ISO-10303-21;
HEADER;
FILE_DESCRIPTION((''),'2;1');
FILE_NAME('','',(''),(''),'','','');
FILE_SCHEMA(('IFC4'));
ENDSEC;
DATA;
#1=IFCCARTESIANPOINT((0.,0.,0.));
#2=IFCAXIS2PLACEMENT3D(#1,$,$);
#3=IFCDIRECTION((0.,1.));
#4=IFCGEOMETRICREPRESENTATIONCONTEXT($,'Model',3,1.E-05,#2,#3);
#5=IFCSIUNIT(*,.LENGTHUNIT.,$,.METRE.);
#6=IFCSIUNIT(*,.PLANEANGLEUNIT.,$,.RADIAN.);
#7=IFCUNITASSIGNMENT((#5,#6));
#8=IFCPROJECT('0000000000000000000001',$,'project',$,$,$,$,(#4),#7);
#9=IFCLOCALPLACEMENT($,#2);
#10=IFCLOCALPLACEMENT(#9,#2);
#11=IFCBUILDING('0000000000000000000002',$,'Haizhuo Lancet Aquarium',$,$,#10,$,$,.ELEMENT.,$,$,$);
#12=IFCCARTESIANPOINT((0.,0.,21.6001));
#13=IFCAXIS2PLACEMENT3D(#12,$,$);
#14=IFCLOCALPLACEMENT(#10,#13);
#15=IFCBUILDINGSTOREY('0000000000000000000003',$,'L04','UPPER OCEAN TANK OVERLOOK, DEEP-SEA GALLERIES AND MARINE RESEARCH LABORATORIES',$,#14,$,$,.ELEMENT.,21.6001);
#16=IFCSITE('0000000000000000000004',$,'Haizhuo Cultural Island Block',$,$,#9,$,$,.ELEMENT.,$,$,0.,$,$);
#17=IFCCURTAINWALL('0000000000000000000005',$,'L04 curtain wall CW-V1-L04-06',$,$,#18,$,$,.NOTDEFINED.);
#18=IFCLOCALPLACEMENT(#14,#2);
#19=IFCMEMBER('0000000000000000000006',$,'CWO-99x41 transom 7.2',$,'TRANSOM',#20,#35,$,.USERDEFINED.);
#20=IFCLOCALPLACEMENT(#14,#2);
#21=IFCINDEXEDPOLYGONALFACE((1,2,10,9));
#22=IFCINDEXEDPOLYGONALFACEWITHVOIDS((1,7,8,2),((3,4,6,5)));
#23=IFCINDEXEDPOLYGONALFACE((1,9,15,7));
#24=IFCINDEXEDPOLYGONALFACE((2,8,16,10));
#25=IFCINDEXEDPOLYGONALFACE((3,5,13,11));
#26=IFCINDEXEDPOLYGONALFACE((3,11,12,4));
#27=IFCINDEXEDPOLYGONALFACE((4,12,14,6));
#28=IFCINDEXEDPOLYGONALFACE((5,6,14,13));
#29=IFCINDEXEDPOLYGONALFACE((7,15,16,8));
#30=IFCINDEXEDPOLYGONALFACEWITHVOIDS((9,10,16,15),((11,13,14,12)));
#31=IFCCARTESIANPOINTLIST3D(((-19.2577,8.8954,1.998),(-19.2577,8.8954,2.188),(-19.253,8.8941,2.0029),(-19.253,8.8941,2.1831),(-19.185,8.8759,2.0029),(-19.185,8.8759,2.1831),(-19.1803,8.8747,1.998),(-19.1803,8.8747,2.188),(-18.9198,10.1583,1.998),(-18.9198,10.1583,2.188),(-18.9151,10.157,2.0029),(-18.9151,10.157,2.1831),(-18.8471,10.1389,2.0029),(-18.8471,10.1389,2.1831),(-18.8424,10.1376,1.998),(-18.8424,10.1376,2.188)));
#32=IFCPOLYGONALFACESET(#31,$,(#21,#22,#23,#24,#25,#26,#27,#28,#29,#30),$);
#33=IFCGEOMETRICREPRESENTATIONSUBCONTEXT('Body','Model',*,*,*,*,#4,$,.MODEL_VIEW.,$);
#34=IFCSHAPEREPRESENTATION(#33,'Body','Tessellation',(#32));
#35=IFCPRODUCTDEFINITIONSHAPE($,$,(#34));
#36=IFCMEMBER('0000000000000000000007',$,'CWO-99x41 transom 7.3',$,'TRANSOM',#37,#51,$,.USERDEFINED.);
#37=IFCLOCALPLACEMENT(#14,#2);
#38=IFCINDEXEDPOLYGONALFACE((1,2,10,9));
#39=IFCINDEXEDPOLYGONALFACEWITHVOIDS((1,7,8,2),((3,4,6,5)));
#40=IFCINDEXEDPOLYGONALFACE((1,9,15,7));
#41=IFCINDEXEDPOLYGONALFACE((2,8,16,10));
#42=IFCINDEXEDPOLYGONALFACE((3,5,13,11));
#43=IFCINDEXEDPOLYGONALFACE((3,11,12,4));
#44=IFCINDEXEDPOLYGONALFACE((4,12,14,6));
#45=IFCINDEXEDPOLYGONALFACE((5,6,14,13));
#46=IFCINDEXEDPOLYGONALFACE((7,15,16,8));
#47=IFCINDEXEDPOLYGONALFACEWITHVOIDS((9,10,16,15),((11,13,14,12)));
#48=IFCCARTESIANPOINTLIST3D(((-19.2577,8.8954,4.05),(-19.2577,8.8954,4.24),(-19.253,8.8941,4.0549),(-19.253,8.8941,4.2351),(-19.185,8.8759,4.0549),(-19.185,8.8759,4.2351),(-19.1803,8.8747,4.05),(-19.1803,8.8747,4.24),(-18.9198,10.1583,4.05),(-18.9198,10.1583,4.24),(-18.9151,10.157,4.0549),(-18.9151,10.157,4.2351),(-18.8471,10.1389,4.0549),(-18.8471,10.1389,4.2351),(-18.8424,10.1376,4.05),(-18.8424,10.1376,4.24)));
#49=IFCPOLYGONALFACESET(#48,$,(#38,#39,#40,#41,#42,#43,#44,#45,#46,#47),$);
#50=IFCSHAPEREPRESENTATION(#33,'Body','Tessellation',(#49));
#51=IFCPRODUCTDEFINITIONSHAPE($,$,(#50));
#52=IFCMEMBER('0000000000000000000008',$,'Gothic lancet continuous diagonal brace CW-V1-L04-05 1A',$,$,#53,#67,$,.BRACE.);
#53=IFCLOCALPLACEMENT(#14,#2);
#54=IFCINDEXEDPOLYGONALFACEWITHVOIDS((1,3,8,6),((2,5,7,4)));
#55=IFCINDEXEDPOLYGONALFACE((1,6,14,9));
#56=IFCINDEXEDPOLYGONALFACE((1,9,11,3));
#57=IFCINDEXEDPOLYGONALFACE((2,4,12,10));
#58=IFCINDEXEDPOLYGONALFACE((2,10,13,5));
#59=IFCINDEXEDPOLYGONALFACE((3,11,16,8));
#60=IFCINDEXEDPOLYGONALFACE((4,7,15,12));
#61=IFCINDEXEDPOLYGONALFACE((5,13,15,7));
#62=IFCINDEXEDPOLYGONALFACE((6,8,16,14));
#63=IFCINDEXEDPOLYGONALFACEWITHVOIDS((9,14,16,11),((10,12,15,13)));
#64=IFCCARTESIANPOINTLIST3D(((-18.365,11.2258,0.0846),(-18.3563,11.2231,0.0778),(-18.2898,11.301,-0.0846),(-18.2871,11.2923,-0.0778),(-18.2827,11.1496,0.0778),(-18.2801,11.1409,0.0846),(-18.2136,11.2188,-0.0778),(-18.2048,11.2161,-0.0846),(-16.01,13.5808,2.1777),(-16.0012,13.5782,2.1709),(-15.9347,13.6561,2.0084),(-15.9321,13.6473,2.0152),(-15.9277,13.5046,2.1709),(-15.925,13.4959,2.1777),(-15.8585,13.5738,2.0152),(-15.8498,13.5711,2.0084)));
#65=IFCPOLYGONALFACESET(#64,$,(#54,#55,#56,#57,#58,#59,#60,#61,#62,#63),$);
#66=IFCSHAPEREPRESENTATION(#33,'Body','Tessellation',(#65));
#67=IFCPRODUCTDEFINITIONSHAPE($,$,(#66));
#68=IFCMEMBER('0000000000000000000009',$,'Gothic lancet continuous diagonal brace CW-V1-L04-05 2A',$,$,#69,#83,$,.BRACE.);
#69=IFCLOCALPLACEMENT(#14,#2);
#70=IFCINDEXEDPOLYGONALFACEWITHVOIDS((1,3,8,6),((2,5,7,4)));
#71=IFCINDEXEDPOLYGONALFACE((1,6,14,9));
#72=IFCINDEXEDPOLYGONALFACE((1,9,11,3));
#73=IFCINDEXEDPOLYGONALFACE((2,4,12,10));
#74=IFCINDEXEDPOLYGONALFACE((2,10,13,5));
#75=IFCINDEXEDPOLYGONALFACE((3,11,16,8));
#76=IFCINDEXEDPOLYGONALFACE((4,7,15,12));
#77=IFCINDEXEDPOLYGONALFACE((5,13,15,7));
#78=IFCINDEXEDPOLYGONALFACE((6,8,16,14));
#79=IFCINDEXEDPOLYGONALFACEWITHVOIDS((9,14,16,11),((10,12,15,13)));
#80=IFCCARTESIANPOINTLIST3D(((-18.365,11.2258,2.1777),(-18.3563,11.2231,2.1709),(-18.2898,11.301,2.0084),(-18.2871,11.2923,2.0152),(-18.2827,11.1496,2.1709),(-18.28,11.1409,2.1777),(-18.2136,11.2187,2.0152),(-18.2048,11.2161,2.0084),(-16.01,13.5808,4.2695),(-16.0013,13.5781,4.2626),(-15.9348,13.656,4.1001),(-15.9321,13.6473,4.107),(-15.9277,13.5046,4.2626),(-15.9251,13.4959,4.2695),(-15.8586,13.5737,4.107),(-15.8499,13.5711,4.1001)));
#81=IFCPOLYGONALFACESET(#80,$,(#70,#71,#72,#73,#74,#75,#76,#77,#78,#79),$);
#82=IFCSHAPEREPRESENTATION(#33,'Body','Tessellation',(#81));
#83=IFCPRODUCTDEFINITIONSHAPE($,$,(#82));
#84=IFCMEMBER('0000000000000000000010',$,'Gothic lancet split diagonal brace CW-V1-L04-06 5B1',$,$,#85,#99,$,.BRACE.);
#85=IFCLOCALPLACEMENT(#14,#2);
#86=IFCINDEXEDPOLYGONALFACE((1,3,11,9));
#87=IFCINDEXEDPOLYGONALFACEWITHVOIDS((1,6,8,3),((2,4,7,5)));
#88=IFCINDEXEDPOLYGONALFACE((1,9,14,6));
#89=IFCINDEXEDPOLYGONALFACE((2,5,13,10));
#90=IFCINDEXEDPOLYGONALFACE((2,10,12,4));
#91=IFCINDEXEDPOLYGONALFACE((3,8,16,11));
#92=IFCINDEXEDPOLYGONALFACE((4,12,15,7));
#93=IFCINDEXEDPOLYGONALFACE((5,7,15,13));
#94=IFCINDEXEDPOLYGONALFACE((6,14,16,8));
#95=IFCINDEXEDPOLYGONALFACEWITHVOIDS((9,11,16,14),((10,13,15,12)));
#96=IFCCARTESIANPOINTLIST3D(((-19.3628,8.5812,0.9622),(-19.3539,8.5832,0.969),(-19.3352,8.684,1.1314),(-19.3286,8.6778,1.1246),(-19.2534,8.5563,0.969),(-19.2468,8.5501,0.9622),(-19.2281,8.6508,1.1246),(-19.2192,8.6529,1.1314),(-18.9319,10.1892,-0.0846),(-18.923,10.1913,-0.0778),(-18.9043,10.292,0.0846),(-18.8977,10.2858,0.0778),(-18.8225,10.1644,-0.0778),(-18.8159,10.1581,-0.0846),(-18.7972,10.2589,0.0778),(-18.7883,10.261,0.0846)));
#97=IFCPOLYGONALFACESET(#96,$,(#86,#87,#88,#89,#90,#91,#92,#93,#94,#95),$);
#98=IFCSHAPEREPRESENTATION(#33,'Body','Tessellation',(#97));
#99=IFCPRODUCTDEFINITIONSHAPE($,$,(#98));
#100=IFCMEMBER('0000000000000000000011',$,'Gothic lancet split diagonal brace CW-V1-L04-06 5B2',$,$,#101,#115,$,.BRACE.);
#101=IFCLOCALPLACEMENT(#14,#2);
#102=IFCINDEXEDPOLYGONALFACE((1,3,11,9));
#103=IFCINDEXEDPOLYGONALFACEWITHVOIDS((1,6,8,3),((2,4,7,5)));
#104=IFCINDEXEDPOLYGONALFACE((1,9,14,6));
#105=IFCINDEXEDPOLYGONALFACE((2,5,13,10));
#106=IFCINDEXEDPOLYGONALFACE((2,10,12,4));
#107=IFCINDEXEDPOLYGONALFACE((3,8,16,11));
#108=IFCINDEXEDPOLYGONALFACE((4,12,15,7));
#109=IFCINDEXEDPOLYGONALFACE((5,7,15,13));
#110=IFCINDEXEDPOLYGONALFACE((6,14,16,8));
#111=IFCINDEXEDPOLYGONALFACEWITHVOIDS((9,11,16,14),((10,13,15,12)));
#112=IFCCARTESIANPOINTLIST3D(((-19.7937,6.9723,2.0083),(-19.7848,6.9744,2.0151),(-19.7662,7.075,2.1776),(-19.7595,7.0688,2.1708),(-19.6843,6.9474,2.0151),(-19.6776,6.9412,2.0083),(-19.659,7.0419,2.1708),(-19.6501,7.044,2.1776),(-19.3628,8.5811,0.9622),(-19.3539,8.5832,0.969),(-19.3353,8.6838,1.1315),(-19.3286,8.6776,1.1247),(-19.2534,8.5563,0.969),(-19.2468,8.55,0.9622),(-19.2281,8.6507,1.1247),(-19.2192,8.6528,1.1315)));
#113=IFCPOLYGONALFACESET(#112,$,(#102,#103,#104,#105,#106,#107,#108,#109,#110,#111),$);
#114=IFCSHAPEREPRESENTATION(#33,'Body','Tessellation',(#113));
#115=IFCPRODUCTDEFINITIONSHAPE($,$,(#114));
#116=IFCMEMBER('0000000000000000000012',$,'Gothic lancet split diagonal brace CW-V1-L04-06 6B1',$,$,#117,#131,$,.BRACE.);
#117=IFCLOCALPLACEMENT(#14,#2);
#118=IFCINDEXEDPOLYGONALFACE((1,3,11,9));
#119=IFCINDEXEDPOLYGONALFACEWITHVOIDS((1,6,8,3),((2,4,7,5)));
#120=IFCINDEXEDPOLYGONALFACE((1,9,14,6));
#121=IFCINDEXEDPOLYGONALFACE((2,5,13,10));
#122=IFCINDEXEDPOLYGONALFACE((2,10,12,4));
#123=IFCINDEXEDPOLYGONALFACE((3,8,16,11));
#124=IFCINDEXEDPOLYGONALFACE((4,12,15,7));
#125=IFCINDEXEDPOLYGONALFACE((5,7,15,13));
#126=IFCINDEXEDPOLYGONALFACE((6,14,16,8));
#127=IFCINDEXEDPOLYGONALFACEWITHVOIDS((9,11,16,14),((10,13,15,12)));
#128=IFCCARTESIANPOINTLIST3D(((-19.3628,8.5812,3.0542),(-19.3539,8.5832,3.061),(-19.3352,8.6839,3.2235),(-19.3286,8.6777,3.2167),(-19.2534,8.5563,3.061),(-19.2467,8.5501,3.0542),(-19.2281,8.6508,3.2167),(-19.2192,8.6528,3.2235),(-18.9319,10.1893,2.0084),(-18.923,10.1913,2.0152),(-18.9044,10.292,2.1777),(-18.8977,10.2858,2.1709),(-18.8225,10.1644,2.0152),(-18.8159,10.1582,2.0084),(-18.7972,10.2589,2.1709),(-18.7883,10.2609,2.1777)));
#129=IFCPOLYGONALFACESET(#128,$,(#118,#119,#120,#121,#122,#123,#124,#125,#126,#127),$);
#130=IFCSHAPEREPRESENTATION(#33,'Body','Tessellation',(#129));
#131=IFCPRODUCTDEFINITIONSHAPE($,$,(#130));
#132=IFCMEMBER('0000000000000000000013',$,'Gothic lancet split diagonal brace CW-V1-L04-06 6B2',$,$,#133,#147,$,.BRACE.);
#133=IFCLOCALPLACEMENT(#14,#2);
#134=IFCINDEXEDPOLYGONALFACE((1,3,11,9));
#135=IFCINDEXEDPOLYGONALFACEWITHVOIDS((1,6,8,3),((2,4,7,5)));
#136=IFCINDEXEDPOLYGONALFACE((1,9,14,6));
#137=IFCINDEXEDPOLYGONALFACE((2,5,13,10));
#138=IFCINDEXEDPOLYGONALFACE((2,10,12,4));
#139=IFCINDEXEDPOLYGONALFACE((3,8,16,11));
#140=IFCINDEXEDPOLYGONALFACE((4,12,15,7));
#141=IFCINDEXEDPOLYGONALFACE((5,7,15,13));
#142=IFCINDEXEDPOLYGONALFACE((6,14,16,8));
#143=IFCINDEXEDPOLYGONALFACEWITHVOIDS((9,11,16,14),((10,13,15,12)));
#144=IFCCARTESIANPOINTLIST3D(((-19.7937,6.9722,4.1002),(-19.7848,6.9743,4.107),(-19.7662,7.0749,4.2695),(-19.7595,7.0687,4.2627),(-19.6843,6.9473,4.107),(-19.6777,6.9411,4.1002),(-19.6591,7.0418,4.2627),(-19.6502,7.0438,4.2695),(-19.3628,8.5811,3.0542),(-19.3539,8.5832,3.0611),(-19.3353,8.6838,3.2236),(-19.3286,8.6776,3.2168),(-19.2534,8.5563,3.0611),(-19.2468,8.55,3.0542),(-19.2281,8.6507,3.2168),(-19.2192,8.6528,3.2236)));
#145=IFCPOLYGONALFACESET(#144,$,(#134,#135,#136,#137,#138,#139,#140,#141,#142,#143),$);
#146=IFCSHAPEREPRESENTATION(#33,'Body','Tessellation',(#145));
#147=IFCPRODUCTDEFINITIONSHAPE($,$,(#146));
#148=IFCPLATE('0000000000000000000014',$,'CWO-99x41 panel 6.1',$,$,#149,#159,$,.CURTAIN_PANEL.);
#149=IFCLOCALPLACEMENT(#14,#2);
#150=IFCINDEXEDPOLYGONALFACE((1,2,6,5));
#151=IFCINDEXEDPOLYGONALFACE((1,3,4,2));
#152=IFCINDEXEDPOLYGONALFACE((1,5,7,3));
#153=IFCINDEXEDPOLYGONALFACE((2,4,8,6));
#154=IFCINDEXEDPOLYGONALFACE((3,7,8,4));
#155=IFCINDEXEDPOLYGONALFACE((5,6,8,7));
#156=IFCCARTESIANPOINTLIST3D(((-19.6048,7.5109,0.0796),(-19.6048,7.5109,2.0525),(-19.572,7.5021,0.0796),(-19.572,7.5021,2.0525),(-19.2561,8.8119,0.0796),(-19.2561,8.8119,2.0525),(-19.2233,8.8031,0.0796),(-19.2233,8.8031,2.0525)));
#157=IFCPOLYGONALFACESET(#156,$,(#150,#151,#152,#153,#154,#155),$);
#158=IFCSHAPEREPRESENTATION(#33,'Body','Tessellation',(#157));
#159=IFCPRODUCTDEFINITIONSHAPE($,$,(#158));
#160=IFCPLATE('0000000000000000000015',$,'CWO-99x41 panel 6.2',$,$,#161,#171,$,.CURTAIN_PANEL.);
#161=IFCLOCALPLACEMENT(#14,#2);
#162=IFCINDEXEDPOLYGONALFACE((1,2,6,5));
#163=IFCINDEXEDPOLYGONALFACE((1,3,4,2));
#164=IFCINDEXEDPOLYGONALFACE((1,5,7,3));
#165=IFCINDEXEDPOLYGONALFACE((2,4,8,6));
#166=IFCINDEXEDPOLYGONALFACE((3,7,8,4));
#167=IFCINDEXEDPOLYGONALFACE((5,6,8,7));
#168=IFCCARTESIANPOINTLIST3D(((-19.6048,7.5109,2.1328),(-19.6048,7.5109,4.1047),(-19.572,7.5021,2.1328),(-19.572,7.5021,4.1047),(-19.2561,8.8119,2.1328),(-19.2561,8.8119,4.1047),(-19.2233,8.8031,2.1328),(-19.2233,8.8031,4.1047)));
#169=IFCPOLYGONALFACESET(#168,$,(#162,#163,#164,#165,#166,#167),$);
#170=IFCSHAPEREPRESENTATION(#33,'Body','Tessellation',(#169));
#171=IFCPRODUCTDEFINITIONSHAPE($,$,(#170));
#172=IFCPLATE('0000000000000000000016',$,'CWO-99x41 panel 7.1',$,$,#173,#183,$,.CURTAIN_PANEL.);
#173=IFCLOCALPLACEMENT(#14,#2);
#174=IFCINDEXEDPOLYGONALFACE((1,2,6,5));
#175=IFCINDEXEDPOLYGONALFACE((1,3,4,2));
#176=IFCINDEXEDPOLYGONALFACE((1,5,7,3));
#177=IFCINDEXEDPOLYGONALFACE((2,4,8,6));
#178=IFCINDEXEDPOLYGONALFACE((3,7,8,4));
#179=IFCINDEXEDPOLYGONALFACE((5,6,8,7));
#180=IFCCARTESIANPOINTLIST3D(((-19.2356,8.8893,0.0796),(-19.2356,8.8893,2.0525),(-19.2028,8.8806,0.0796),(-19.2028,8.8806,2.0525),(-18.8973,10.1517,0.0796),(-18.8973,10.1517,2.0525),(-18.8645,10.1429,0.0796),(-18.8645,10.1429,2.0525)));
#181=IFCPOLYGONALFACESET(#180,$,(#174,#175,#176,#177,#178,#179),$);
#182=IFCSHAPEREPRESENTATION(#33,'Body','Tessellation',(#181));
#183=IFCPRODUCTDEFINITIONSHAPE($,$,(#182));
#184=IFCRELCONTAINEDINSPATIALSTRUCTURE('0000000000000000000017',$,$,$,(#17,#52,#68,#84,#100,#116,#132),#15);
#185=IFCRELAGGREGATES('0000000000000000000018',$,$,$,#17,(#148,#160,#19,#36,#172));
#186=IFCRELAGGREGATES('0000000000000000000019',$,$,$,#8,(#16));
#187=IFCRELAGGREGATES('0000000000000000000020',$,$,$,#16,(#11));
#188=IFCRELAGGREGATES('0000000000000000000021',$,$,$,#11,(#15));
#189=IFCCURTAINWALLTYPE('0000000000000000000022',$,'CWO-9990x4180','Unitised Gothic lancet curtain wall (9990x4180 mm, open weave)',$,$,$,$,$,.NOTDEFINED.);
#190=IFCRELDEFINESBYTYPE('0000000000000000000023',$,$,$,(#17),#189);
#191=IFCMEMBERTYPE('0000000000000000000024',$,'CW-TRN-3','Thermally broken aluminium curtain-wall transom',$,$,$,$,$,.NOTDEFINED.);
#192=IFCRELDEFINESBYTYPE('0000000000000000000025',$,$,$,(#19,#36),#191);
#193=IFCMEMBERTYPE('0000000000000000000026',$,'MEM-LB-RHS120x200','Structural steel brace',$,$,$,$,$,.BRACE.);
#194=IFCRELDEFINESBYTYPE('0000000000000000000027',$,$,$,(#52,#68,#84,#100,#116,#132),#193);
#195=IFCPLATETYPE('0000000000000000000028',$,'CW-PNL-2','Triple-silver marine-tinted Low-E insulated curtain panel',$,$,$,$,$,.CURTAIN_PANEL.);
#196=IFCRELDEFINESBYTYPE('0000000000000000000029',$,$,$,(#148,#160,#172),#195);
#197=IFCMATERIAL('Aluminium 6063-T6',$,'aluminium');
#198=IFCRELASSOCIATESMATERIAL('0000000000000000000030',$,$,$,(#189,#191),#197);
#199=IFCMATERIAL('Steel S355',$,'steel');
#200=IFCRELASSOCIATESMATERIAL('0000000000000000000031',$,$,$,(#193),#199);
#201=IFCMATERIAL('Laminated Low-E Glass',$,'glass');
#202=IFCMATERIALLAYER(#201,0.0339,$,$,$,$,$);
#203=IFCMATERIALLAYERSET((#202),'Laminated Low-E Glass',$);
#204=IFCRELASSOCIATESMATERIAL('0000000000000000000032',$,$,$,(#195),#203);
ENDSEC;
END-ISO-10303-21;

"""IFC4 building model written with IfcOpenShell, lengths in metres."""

from ifc_helpers import new_model, si_unit, direction, frame, origin, origin_2d, place, context, subcontext, project, spatial, rectangle, hollow_rectangle, extrude, material, layer, layer_set, material_profile, profile_set, type_object, element, aggregate, save


model = new_model("IFC4")

# Units and contexts
model_context = context("Model", 3, precision=1e-05, world=origin(), true_north=direction((0.0, 1.0)))
body_context = subcontext(model_context, "Body", "Model", "MODEL_VIEW")
ifc_project = project(units=[si_unit("LENGTHUNIT", "METRE"), si_unit("PLANEANGLEUNIT", "RADIAN")], contexts=[model_context])

# Site, building, storey
site_placement = place(None, origin())
site = spatial("IfcSite", under=ifc_project, at=site_placement, Name="Haizhuo Cultural Island Block", CompositionType="ELEMENT", RefElevation=0.0)
building_placement = place(site_placement, origin())
building = spatial("IfcBuilding", under=site, at=building_placement, Name="Haizhuo Lancet Aquarium", CompositionType="ELEMENT")
storey_placement = place(building_placement, frame((0.0, 0.0, 21.6001)))
storey = spatial("IfcBuildingStorey", under=building, at=storey_placement, Name="L04", Description="UPPER OCEAN TANK OVERLOOK, DEEP-SEA GALLERIES AND MARINE RESEARCH LABORATORIES", CompositionType="ELEMENT", Elevation=21.6001)

# Shared definitions
ifc_material_1 = material(Name="Aluminium 6063-T6", Category="aluminium")
curtain_wall_type = type_object("IfcCurtainWallType", Name="CWO-9990x4180", Description="Unitised Gothic lancet curtain wall (9990x4180 mm, open weave)", PredefinedType="NOTDEFINED", material=ifc_material_1)

# Curtain wall
curtain_wall_1_placement = place(storey_placement, origin())
curtain_wall_1 = element("IfcCurtainWall", 1, at=curtain_wall_1_placement, inside=storey, type_object=curtain_wall_type, Name="L04 curtain wall CW-V1-L04-06", PredefinedType="NOTDEFINED")

# Members
ifc_material_profile_1 = material_profile(ifc_material_1, hollow_rectangle(XDim=0.0801, YDim=0.1899, WallThickness=0.0049, at=origin_2d()), Name="ALU-T 80x190x5")
ifc_profile_set_1 = profile_set([ifc_material_profile_1], Name="Aluminium 6063-T6")
member_type_1 = type_object("IfcMemberType", Name="CW-TRN-3", Description="Thermally broken aluminium curtain-wall transom", PredefinedType="NOTDEFINED", material=ifc_profile_set_1)
member_1_placement = place(storey_placement, frame((-19.219, 8.885, 2.093), z_axis=(0.258453, 0.966024, 0.0), x_axis=(-0.966024, 0.258453, 0.0)))
member_1 = element("IfcMember", 2, at=member_1_placement, type_object=member_type_1, Name="CWO-99x41 transom 7.2", ObjectType="TRANSOM", PredefinedType="USERDEFINED", context=body_context, shape_type="SweptSolid", body=[
    extrude(hollow_rectangle(XDim=0.0801, YDim=0.1899, WallThickness=0.0049, at=origin_2d()), origin(), (0.0, 0.0, 1.0), 1.3074),
])
member_2_placement = place(storey_placement, frame((-19.219, 8.885, 4.145), z_axis=(0.258453, 0.966024, 0.0), x_axis=(-0.966024, 0.258453, 0.0)))
member_2 = element("IfcMember", 3, at=member_2_placement, type_object=member_type_1, Name="CWO-99x41 transom 7.3", ObjectType="TRANSOM", PredefinedType="USERDEFINED", context=body_context, shape_type="SweptSolid", body=[
    extrude(hollow_rectangle(XDim=0.0801, YDim=0.1899, WallThickness=0.0049, at=origin_2d()), origin(), (0.0, 0.0, 1.0), 1.3074),
])

# Members
ifc_material_2 = material(Name="Steel S355", Category="steel")
ifc_material_profile_2 = material_profile(ifc_material_2, hollow_rectangle(XDim=0.1201, YDim=0.2, WallThickness=0.0081, at=origin_2d()), Name="RHS 120x200x8")
ifc_profile_set_2 = profile_set([ifc_material_profile_2], Name="Steel S355")
member_type_2 = type_object("IfcMemberType", Name="MEM-LB-RHS120x200", Description="Structural steel brace", PredefinedType="BRACE", material=ifc_profile_set_2)
member_3_placement = place(storey_placement, frame((-18.2849, 11.2209, 0.0), z_axis=(0.598695, 0.598695, 0.532098), x_axis=(-0.707107, 0.707107, 0.0)))
element("IfcMember", 4, at=member_3_placement, inside=storey, type_object=member_type_2, Name="Gothic lancet continuous diagonal brace CW-V1-L04-05 1A", PredefinedType="BRACE", context=body_context, shape_type="SweptSolid", body=[
    extrude(hollow_rectangle(XDim=0.1201, YDim=0.2, WallThickness=0.0081, at=origin_2d()), origin(), (0.0, 0.0, 1.0), 3.9336),
])
member_4_placement = place(storey_placement, frame((-18.2849, 11.2209, 2.093), z_axis=(0.598794, 0.598794, 0.531875), x_axis=(-0.707107, 0.707107, 0.0)))
element("IfcMember", 5, at=member_4_placement, inside=storey, type_object=member_type_2, Name="Gothic lancet continuous diagonal brace CW-V1-L04-05 2A", PredefinedType="BRACE", context=body_context, shape_type="SweptSolid", body=[
    extrude(hollow_rectangle(XDim=0.1201, YDim=0.2, WallThickness=0.0081, at=origin_2d()), origin(), (0.0, 0.0, 1.0), 3.9329),
])
member_5_placement = place(storey_placement, frame((-18.8601, 10.2251, 0.0), z_axis=(-0.219106, -0.817704, 0.532309), x_axis=(0.965925, -0.258822, 0.0)))
element("IfcMember", 6, at=member_5_placement, inside=storey, type_object=member_type_2, Name="Gothic lancet split diagonal brace CW-V1-L04-06 5B1", PredefinedType="BRACE", context=body_context, shape_type="SweptSolid", body=[
    extrude(hollow_rectangle(XDim=0.1201, YDim=0.2, WallThickness=0.0081, at=origin_2d()), origin(), (0.0, 0.0, 1.0), 1.9666),
])
member_6_placement = place(storey_placement, frame((-19.291, 8.6169, 1.0469), z_axis=(-0.219082, -0.81799, 0.53188), x_axis=(0.965955, -0.258712, 0.0)))
element("IfcMember", 7, at=member_6_placement, inside=storey, type_object=member_type_2, Name="Gothic lancet split diagonal brace CW-V1-L04-06 5B2", PredefinedType="BRACE", context=body_context, shape_type="SweptSolid", body=[
    extrude(hollow_rectangle(XDim=0.1201, YDim=0.2, WallThickness=0.0081, at=origin_2d()), origin(), (0.0, 0.0, 1.0), 1.9668),
])
member_7_placement = place(storey_placement, frame((-18.8601, 10.2251, 2.093), z_axis=(-0.219163, -0.81792, 0.531953), x_axis=(0.965925, -0.258822, 0.0)))
element("IfcMember", 8, at=member_7_placement, inside=storey, type_object=member_type_2, Name="Gothic lancet split diagonal brace CW-V1-L04-06 6B1", PredefinedType="BRACE", context=body_context, shape_type="SweptSolid", body=[
    extrude(hollow_rectangle(XDim=0.1201, YDim=0.2, WallThickness=0.0081, at=origin_2d()), origin(), (0.0, 0.0, 1.0), 1.9661),
])
member_8_placement = place(storey_placement, frame((-19.291, 8.6169, 3.1389), z_axis=(-0.219097, -0.818044, 0.53179), x_axis=(0.965955, -0.258712, 0.0)))
element("IfcMember", 9, at=member_8_placement, inside=storey, type_object=member_type_2, Name="Gothic lancet split diagonal brace CW-V1-L04-06 6B2", PredefinedType="BRACE", context=body_context, shape_type="SweptSolid", body=[
    extrude(hollow_rectangle(XDim=0.1201, YDim=0.2, WallThickness=0.0081, at=origin_2d()), origin(), (0.0, 0.0, 1.0), 1.9668),
])

# Plates
ifc_material_3 = material(Name="Laminated Low-E Glass", Category="glass")
ifc_layer_1 = layer(ifc_material_3, 0.0339)
ifc_layer_set_1 = layer_set([ifc_layer_1], Name="Laminated Low-E Glass")
plate_type = type_object("IfcPlateType", Name="CW-PNL-2", Description="Triple-silver marine-tinted Low-E insulated curtain panel", PredefinedType="CURTAIN_PANEL", material=ifc_layer_set_1)
plate_1_placement = place(storey_placement, frame((-19.4141, 8.157, 0.0796), z_axis=(0.0, 0.0, 1.0), x_axis=(0.258853, 0.965917, 0.0)))
plate_1 = element("IfcPlate", 10, at=plate_1_placement, type_object=plate_type, Name="CWO-99x41 panel 6.1", PredefinedType="CURTAIN_PANEL", context=body_context, shape_type="SweptSolid", body=[
    extrude(rectangle(XDim=1.3469, YDim=0.0339, at=origin_2d()), origin(), (0.0, 0.0, 1.0), 1.9729),
])
plate_2_placement = place(storey_placement, frame((-19.4141, 8.157, 2.1328), z_axis=(0.0, 0.0, 1.0), x_axis=(0.258853, 0.965917, 0.0)))
plate_2 = element("IfcPlate", 11, at=plate_2_placement, type_object=plate_type, Name="CWO-99x41 panel 6.2", PredefinedType="CURTAIN_PANEL", context=body_context, shape_type="SweptSolid", body=[
    extrude(rectangle(XDim=1.3469, YDim=0.0339, at=origin_2d()), origin(), (0.0, 0.0, 1.0), 1.9719),
])
plate_3_placement = place(storey_placement, frame((-19.05, 9.5161, 0.0796), z_axis=(0.0, 0.0, 1.0), x_axis=(0.258853, 0.965917, 0.0)))
plate_3 = element("IfcPlate", 12, at=plate_3_placement, type_object=plate_type, Name="CWO-99x41 panel 7.1", PredefinedType="CURTAIN_PANEL", context=body_context, shape_type="SweptSolid", body=[
    extrude(rectangle(XDim=1.3069, YDim=0.0339, at=origin_2d()), origin(), (0.0, 0.0, 1.0), 1.9729),
])
aggregate(curtain_wall_1, [plate_1, plate_2, member_1, member_2, plate_3])

save(model, "model.ifc")
